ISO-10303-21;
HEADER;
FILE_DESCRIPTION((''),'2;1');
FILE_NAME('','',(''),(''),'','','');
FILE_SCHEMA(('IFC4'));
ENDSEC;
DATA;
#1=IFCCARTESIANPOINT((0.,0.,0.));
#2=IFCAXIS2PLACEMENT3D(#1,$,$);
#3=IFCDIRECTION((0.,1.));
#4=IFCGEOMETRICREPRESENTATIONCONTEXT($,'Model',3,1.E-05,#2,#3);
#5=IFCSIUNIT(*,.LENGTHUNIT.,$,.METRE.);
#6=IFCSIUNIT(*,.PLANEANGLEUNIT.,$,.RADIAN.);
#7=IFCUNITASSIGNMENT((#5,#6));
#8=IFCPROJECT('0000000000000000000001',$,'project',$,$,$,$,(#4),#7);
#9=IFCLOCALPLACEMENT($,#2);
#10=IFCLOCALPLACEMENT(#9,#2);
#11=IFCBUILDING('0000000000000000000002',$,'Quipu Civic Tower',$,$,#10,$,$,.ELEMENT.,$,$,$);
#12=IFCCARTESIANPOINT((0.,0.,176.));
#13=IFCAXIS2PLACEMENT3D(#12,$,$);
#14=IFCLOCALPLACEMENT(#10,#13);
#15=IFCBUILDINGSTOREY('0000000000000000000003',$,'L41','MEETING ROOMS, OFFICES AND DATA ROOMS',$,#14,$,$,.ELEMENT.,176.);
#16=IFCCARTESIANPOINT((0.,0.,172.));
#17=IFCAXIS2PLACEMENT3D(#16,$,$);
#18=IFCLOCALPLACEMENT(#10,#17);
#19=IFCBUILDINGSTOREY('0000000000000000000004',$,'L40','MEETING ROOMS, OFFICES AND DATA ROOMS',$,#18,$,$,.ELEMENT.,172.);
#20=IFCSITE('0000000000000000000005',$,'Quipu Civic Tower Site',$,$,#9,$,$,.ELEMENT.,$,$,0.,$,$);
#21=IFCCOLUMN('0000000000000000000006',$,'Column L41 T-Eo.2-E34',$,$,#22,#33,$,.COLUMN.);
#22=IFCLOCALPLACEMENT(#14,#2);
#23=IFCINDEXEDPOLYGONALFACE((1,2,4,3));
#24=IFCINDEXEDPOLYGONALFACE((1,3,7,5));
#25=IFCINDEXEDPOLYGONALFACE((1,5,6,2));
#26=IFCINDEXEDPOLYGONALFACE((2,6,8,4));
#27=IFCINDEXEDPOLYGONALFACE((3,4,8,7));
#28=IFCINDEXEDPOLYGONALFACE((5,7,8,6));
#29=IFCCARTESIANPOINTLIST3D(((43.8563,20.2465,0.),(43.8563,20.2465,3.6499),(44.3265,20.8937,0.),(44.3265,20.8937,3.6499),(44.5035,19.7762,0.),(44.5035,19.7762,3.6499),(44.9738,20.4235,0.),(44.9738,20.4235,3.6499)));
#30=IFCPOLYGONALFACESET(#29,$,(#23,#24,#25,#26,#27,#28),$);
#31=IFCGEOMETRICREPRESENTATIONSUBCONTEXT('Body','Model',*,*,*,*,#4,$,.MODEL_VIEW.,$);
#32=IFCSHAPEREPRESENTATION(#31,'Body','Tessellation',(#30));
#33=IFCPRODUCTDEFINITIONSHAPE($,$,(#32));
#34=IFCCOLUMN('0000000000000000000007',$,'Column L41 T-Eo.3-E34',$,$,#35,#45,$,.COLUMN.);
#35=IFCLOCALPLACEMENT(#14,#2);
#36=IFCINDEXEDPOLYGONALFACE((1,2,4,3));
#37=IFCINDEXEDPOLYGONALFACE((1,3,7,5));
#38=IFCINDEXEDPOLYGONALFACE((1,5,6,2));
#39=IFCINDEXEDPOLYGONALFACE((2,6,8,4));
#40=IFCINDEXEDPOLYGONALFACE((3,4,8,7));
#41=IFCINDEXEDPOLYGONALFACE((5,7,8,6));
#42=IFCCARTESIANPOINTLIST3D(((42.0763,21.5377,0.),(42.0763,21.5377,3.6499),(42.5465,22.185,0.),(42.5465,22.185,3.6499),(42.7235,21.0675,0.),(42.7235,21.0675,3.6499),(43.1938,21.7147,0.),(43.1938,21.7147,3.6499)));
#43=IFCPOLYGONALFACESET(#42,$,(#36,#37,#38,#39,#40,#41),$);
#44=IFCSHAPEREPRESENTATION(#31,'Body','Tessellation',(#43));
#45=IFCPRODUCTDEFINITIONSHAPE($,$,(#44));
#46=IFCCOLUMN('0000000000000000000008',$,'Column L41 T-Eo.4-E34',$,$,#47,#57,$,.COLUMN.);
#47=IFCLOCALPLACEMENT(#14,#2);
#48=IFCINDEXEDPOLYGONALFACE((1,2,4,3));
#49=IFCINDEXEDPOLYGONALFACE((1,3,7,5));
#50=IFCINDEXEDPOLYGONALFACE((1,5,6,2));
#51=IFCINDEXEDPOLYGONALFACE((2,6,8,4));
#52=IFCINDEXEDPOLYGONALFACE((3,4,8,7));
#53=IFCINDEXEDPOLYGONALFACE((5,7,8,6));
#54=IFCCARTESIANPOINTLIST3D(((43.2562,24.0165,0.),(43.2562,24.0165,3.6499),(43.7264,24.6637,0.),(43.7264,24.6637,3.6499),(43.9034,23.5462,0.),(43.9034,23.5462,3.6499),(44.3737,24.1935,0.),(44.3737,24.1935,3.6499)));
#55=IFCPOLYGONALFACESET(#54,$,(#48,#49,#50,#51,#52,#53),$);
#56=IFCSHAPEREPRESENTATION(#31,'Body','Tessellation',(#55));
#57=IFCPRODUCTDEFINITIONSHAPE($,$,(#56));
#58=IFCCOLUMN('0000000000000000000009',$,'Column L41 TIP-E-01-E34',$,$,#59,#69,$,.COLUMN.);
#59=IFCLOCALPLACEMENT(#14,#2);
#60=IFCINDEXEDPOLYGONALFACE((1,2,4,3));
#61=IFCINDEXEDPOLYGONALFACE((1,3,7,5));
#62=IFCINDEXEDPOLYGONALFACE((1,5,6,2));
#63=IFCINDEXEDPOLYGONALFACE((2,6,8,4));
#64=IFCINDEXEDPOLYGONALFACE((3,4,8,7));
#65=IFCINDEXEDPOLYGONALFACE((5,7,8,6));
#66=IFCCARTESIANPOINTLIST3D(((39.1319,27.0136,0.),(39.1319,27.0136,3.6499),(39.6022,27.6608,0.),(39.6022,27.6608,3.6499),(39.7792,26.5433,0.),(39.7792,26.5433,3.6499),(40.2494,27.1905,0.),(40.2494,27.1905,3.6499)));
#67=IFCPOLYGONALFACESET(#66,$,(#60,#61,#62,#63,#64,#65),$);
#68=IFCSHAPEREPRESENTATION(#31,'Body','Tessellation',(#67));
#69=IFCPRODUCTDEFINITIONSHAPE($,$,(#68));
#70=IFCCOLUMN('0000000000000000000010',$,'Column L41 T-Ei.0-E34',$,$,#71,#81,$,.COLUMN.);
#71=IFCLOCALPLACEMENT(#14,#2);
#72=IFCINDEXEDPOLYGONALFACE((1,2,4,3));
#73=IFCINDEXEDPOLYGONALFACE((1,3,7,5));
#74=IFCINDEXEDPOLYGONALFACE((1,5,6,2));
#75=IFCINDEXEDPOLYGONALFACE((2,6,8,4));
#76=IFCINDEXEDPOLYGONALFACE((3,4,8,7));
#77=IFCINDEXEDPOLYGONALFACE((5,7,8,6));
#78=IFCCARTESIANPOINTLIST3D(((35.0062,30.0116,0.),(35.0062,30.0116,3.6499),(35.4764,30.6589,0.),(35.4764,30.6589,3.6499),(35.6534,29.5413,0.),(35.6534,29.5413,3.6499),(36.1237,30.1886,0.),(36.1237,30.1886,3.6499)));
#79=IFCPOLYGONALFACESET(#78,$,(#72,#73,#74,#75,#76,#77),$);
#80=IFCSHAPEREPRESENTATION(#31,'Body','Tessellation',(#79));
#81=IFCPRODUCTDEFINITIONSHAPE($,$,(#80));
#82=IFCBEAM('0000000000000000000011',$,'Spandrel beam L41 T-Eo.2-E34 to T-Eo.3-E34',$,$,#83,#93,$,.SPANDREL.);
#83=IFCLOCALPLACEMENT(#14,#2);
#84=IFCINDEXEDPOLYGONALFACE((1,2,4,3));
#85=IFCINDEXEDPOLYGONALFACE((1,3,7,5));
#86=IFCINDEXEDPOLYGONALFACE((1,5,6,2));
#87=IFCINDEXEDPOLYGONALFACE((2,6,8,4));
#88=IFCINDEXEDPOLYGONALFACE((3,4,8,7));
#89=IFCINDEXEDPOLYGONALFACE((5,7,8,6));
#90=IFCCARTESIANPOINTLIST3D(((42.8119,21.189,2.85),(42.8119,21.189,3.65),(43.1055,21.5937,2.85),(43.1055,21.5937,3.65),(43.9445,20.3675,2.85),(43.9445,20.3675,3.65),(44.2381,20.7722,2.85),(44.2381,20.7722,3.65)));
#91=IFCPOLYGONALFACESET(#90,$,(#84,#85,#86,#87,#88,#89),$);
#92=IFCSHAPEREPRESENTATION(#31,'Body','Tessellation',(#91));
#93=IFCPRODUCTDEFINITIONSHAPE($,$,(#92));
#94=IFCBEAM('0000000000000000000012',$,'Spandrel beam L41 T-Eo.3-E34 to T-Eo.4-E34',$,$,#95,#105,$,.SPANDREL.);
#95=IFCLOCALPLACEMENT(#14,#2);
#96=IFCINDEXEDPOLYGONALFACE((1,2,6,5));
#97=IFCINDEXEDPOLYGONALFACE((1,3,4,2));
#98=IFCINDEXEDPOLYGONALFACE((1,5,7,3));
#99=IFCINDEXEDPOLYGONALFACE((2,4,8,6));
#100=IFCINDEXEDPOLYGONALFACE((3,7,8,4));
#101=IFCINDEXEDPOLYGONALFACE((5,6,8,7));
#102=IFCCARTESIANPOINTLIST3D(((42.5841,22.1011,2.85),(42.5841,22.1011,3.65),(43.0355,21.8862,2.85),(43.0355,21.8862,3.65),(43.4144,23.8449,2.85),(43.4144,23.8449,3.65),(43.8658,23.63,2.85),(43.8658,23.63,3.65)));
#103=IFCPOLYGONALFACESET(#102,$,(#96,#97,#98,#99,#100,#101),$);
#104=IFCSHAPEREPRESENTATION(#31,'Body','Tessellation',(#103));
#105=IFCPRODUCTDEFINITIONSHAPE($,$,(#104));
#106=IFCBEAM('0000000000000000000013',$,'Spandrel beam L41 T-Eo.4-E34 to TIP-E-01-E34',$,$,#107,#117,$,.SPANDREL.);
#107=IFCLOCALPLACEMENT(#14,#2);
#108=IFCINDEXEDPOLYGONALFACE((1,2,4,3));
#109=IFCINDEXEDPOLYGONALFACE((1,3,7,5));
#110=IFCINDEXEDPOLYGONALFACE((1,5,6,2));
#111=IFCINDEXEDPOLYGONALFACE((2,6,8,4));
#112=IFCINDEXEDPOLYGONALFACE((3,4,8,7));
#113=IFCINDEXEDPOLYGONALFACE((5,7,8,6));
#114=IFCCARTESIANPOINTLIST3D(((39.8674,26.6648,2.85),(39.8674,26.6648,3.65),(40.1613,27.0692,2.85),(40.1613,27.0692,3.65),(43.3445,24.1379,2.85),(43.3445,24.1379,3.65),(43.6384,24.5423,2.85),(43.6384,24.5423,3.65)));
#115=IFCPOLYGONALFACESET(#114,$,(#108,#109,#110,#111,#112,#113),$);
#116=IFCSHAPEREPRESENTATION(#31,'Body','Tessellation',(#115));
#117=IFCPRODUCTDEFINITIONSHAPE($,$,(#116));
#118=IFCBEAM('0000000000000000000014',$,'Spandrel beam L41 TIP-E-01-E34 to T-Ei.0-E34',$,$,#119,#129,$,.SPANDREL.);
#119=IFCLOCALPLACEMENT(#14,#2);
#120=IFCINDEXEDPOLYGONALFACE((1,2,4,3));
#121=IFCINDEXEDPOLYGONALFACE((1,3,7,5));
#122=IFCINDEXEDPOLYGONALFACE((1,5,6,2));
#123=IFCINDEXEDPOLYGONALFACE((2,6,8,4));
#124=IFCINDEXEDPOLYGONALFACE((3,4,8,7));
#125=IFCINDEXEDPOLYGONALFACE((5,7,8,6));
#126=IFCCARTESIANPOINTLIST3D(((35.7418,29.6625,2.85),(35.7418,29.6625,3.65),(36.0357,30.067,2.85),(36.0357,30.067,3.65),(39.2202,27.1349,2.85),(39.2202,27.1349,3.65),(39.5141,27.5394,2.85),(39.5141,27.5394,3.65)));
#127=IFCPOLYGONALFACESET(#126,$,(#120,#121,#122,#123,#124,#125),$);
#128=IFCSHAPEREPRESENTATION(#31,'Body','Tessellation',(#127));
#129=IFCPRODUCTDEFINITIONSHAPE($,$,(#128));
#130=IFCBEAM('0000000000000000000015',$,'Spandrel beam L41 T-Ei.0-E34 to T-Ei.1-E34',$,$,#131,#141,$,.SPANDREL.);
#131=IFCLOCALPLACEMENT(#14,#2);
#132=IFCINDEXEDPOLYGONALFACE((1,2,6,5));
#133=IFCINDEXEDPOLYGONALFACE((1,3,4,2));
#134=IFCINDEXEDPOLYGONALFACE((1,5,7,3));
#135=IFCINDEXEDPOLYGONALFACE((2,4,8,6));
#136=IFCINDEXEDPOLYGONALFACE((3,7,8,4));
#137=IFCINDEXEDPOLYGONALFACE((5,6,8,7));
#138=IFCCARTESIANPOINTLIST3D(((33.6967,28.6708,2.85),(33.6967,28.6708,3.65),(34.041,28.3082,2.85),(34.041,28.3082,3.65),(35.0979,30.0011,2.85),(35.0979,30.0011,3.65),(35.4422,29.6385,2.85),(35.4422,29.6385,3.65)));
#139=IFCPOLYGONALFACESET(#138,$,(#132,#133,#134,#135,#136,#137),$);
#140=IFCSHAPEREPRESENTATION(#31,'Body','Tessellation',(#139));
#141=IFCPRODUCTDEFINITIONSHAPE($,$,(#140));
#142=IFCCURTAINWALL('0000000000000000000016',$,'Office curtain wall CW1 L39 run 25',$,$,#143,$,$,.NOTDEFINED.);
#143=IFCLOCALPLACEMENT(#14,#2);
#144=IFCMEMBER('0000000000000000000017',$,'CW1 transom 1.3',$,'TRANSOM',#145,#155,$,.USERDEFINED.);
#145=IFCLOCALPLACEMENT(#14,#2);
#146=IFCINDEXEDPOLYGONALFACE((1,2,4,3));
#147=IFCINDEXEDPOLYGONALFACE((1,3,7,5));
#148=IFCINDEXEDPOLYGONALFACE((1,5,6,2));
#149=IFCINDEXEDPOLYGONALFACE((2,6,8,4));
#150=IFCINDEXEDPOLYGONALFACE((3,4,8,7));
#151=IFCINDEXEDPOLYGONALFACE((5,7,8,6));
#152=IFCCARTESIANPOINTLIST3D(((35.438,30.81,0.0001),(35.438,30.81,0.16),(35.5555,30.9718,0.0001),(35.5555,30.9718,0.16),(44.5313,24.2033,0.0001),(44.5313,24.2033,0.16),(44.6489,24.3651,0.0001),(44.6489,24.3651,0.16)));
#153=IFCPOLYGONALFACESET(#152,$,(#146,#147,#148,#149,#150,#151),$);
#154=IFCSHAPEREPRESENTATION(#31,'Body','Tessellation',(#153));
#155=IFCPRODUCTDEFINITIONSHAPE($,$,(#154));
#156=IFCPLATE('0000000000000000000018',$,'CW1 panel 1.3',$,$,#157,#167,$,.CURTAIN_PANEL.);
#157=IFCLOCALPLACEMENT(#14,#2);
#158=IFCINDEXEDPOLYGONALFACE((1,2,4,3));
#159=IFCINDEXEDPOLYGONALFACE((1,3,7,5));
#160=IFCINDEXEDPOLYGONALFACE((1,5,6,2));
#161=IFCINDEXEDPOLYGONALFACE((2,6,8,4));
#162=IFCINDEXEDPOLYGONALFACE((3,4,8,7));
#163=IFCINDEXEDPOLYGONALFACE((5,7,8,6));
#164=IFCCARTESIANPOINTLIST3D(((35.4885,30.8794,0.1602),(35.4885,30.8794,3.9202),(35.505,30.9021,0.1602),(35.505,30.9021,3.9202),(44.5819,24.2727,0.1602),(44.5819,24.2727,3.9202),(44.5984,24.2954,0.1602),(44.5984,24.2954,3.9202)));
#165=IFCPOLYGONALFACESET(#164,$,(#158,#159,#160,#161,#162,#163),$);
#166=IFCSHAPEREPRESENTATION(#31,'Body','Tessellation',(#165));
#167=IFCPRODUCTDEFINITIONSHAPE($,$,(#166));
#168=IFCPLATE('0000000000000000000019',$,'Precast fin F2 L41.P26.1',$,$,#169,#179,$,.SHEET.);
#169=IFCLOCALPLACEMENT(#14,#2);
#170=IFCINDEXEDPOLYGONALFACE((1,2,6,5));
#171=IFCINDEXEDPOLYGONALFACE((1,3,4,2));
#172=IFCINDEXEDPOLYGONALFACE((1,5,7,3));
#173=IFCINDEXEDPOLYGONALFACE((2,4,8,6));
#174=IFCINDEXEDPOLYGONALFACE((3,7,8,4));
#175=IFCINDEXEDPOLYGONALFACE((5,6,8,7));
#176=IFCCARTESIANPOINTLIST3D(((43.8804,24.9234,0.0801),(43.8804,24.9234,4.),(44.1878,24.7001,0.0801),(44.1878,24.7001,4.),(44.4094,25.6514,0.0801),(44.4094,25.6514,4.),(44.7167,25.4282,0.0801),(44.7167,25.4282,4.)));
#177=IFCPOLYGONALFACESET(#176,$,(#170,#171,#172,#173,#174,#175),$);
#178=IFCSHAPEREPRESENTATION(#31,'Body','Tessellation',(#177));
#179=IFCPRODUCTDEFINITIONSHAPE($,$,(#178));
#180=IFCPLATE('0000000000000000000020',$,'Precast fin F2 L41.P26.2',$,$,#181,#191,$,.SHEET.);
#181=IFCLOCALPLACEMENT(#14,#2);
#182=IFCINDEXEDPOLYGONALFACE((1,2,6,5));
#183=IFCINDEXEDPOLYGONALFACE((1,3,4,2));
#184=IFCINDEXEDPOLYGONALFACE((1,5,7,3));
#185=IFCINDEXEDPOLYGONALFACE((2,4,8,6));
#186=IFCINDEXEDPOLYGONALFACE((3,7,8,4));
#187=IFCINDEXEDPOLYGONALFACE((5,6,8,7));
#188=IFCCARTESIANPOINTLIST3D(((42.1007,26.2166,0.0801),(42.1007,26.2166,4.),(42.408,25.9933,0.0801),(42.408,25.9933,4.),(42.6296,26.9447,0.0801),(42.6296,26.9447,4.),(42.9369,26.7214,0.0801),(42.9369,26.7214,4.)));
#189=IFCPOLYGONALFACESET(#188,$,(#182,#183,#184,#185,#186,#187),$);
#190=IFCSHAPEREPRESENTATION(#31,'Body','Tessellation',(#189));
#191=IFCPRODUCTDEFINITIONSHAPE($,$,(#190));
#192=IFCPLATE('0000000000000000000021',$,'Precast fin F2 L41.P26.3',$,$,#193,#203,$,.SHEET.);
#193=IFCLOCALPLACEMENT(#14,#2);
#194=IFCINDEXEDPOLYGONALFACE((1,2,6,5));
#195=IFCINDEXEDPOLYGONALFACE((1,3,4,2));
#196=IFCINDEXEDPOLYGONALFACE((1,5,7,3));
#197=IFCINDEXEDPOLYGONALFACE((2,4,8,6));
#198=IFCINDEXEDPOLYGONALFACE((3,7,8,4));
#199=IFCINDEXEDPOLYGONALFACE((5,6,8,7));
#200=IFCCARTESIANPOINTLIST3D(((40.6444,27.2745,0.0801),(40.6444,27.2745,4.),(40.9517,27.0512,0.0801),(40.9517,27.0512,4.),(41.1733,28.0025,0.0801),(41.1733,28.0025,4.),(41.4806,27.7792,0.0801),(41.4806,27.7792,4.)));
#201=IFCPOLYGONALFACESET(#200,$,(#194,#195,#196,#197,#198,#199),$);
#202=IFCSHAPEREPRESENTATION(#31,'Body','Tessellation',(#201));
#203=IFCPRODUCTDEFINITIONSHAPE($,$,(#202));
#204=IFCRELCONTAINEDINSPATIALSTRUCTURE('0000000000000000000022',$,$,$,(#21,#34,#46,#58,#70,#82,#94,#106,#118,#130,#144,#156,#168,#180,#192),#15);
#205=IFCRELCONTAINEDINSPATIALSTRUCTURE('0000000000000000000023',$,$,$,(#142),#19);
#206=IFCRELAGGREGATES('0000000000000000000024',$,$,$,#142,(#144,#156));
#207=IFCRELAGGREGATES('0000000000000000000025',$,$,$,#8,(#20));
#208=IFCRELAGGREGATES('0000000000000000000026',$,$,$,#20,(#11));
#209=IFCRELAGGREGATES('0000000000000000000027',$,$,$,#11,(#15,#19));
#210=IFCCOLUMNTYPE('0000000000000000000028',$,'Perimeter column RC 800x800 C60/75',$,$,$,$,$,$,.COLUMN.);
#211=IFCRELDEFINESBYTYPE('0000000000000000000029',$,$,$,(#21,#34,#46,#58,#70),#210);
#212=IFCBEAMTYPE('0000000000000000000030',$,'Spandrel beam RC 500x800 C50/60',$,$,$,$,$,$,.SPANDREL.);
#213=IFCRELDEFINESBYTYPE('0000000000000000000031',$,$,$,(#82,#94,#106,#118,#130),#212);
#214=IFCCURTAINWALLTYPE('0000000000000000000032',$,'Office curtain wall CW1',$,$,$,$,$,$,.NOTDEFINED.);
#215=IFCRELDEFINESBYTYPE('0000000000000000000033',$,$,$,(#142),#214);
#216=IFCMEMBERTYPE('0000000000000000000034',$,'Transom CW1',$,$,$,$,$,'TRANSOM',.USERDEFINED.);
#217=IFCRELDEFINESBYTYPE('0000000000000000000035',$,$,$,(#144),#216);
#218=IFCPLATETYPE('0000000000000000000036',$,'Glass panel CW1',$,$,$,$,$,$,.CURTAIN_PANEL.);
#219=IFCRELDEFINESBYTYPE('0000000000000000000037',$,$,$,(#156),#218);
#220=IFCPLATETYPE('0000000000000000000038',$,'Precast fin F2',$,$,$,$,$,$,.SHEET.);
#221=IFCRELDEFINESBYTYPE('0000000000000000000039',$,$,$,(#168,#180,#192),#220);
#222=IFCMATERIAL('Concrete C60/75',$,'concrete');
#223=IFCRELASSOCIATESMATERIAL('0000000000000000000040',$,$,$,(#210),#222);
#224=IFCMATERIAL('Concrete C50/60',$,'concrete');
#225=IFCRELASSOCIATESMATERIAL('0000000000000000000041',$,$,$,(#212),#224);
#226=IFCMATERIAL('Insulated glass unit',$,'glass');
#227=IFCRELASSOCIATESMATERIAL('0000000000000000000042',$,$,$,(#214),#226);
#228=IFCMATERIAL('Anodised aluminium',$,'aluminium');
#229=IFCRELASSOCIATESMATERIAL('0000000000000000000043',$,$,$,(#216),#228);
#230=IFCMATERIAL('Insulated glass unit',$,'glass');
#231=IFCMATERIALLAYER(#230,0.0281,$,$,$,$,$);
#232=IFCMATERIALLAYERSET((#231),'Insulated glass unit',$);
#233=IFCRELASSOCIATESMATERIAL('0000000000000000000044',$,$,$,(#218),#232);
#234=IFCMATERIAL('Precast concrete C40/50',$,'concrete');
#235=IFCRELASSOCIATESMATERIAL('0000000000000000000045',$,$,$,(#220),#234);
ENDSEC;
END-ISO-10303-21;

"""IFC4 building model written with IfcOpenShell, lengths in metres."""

from ifc_helpers import new_model, si_unit, direction, frame, origin, origin_2d, place, context, subcontext, project, spatial, rectangle, extrude, material, layer, layer_set, material_profile, profile_set, type_object, element, aggregate, save


model = new_model("IFC4")

# Units and contexts
model_context = context("Model", 3, precision=1e-05, world=origin(), true_north=direction((0.0, 1.0)))
body_context = subcontext(model_context, "Body", "Model", "MODEL_VIEW")
ifc_project = project(units=[si_unit("LENGTHUNIT", "METRE"), si_unit("PLANEANGLEUNIT", "RADIAN")], contexts=[model_context])

# Site, building, storey
site_placement = place(None, origin())
site = spatial("IfcSite", under=ifc_project, at=site_placement, Name="Quipu Civic Tower Site", CompositionType="ELEMENT", RefElevation=0.0)
building_placement = place(site_placement, origin())
building = spatial("IfcBuilding", under=site, at=building_placement, Name="Quipu Civic Tower", CompositionType="ELEMENT")
storey_1_placement = place(building_placement, frame((0.0, 0.0, 176.0)))
storey_1 = spatial("IfcBuildingStorey", under=building, at=storey_1_placement, Name="L41", Description="MEETING ROOMS, OFFICES AND DATA ROOMS", CompositionType="ELEMENT", Elevation=176.0)

# Columns
ifc_material_1 = material(Name="Concrete C60/75", Category="concrete")
ifc_material_profile_1 = material_profile(ifc_material_1, rectangle(XDim=0.8, YDim=0.8, at=origin_2d()), Name="RC800x800")
ifc_profile_set_1 = profile_set([ifc_material_profile_1], Name="Concrete C60/75")
column_type = type_object("IfcColumnType", Name="Perimeter column RC 800x800 C60/75", PredefinedType="COLUMN", material=ifc_profile_set_1)
for number, where, z_axis, x_axis, name in (
    (1, (44.415, 20.335, 0.0), (0.0, 0.0, 1.0), (0.587785, 0.809017, 0.0), "Column L41 T-Eo.2-E34"),
    (2, (42.635, 21.6262, 0.0), (0.0, 0.0, 1.0), (-0.809017, 0.587785, 0.0), "Column L41 T-Eo.3-E34"),
    (3, (43.8149, 24.105, 0.0), (0.0, 0.0, 1.0), (-0.809017, 0.587785, 0.0), "Column L41 T-Eo.4-E34"),
    (4, (39.6907, 27.1021, 0.0), (0.0, 0.0, 1.0), (-0.809017, 0.587785, 0.0), "Column L41 TIP-E-01-E34"),
    (5, (35.5649, 30.1001, 0.0), (0.0, 0.0, 1.0), (-0.587785, -0.809017, 0.0), "Column L41 T-Ei.0-E34"),
):
    element("IfcColumn", number, at=place(storey_1_placement, frame(where, z_axis=z_axis, x_axis=x_axis)), inside=storey_1, type_object=column_type, Name=name, PredefinedType="COLUMN", context=body_context, shape_type="SweptSolid", body=[
        extrude(rectangle(XDim=0.8, YDim=0.8, at=origin_2d()), origin(), (0.0, 0.0, 1.0), 3.6499),
    ])

# Beams
ifc_material_2 = material(Name="Concrete C50/60", Category="concrete")
ifc_material_profile_2 = material_profile(ifc_material_2, rectangle(XDim=0.5, YDim=0.8, at=origin_2d()), Name="RC500x800")
ifc_profile_set_2 = profile_set([ifc_material_profile_2], Name="Concrete C50/60")
beam_type = type_object("IfcBeamType", Name="Spandrel beam RC 500x800 C50/60", PredefinedType="SPANDREL", material=ifc_profile_set_2)
beam_1_placement = place(storey_1_placement, frame((44.0913, 20.5698, 3.25), z_axis=(-0.809467, 0.587165, 0.0), x_axis=(-0.587165, -0.809467, 0.0)))
element("IfcBeam", 6, at=beam_1_placement, inside=storey_1, type_object=beam_type, Name="Spandrel beam L41 T-Eo.2-E34 to T-Eo.3-E34", PredefinedType="SPANDREL", context=body_context, shape_type="SweptSolid", body=[
    extrude(rectangle(XDim=0.5, YDim=0.8, at=origin_2d()), origin(), (0.0, 0.0, 1.0), 1.3992),
])
beam_2_placement = place(storey_1_placement, frame((42.8098, 21.9937, 3.25), z_axis=(0.429889, 0.902882, 0.0), x_axis=(-0.902882, 0.429889, 0.0)))
element("IfcBeam", 7, at=beam_2_placement, inside=storey_1, type_object=beam_type, Name="Spandrel beam L41 T-Eo.3-E34 to T-Eo.4-E34", PredefinedType="SPANDREL", context=body_context, shape_type="SweptSolid", body=[
    extrude(rectangle(XDim=0.5, YDim=0.8, at=origin_2d()), origin(), (0.0, 0.0, 1.0), 1.9314),
])
beam_3_placement = place(storey_1_placement, frame((43.4915, 24.3401, 3.25), z_axis=(-0.808947, 0.587881, 0.0), x_axis=(-0.587881, -0.808947, 0.0)))
element("IfcBeam", 8, at=beam_3_placement, inside=storey_1, type_object=beam_type, Name="Spandrel beam L41 T-Eo.4-E34 to TIP-E-01-E34", PredefinedType="SPANDREL", context=body_context, shape_type="SweptSolid", body=[
    extrude(rectangle(XDim=0.5, YDim=0.8, at=origin_2d()), origin(), (0.0, 0.0, 1.0), 4.2983),
])
beam_4_placement = place(storey_1_placement, frame((39.3672, 27.3372, 3.25), z_axis=(-0.808984, 0.587831, 0.0), x_axis=(-0.587831, -0.808984, 0.0)))
element("IfcBeam", 9, at=beam_4_placement, inside=storey_1, type_object=beam_type, Name="Spandrel beam L41 TIP-E-01-E34 to T-Ei.0-E34", PredefinedType="SPANDREL", context=body_context, shape_type="SweptSolid", body=[
    extrude(rectangle(XDim=0.5, YDim=0.8, at=origin_2d()), origin(), (0.0, 0.0, 1.0), 4.2998),
])
beam_5_placement = place(storey_1_placement, frame((35.27, 29.8198, 3.25), z_axis=(-0.725192, -0.688547, 0.0), x_axis=(0.688547, -0.725192, 0.0)))
element("IfcBeam", 10, at=beam_5_placement, inside=storey_1, type_object=beam_type, Name="Spandrel beam L41 T-Ei.0-E34 to T-Ei.1-E34", PredefinedType="SPANDREL", context=body_context, shape_type="SweptSolid", body=[
    extrude(rectangle(XDim=0.5, YDim=0.8, at=origin_2d()), origin(), (0.0, 0.0, 1.0), 1.9321),
])

# Shared definitions
storey_2_placement = place(building_placement, frame((0.0, 0.0, 172.0)))
storey_2 = spatial("IfcBuildingStorey", under=building, at=storey_2_placement, Name="L40", Description="MEETING ROOMS, OFFICES AND DATA ROOMS", CompositionType="ELEMENT", Elevation=172.0)

# Curtain wall, member, plate
ifc_material_3 = material(Name="Insulated glass unit", Category="glass")
curtain_wall_type = type_object("IfcCurtainWallType", Name="Office curtain wall CW1", PredefinedType="NOTDEFINED", material=ifc_material_3)
curtain_wall_placement = place(storey_2_placement, origin())
curtain_wall = element("IfcCurtainWall", 11, at=curtain_wall_placement, inside=storey_2, type_object=curtain_wall_type, Name="Office curtain wall CW1 L39 run 25", PredefinedType="NOTDEFINED")
ifc_material_4 = material(Name="Anodised aluminium", Category="aluminium")
ifc_material_profile_3 = material_profile(ifc_material_4, rectangle(XDim=0.2, YDim=0.1599, at=origin_2d()), Name="RECT 200x160")
ifc_profile_set_3 = profile_set([ifc_material_profile_3], Name="Anodised aluminium")
member_type = type_object("IfcMemberType", Name="Transom CW1", ElementType="TRANSOM", PredefinedType="USERDEFINED", material=ifc_profile_set_3)
member_placement = place(storey_1_placement, frame((44.5901, 24.2842, 0.0801), z_axis=(-0.809015, 0.587788, 0.0), x_axis=(-0.587788, -0.809015, 0.0)))
member = element("IfcMember", 12, at=member_placement, inside=storey_1, type_object=member_type, Name="CW1 transom 1.3", ObjectType="TRANSOM", PredefinedType="USERDEFINED", context=body_context, shape_type="SweptSolid", body=[
    extrude(rectangle(XDim=0.2, YDim=0.1599, at=origin_2d()), origin(), (0.0, 0.0, 1.0), 11.24),
])
ifc_material_5 = material(Name="Insulated glass unit", Category="glass")
ifc_layer_1 = layer(ifc_material_5, 0.0281)
ifc_layer_set_1 = layer_set([ifc_layer_1], Name="Insulated glass unit")
plate_type_1 = type_object("IfcPlateType", Name="Glass panel CW1", PredefinedType="CURTAIN_PANEL", material=ifc_layer_set_1)
plate_placement = place(storey_1_placement, frame((40.0435, 27.5874, 0.1602), z_axis=(0.0, 0.0, 1.0), x_axis=(-0.809015, 0.587788, 0.0)))
plate = element("IfcPlate", 13, at=plate_placement, inside=storey_1, type_object=plate_type_1, Name="CW1 panel 1.3", PredefinedType="CURTAIN_PANEL", context=body_context, shape_type="SweptSolid", body=[
    extrude(rectangle(XDim=11.24, YDim=0.0281, at=origin_2d()), origin(), (0.0, 0.0, 1.0), 3.76),
])
aggregate(curtain_wall, [member, plate])

# Plates
ifc_material_6 = material(Name="Precast concrete C40/50", Category="concrete")
plate_type_2 = type_object("IfcPlateType", Name="Precast fin F2", PredefinedType="SHEET", material=ifc_material_6)
for number, where, z_axis, x_axis, name in (
    (14, (44.2986, 25.1758, 0.0801), (0.0, 0.0, 1.0), (-0.809017, 0.587785, 0.0), "Precast fin F2 L41.P26.1"),
    (15, (42.5188, 26.469, 0.0801), (0.0, 0.0, 1.0), (-0.809017, 0.587785, 0.0), "Precast fin F2 L41.P26.2"),
    (16, (41.0625, 27.5269, 0.0801), (0.0, 0.0, 1.0), (-0.809017, 0.587785, 0.0), "Precast fin F2 L41.P26.3"),
):
    element("IfcPlate", number, at=place(storey_1_placement, frame(where, z_axis=z_axis, x_axis=x_axis)), inside=storey_1, type_object=plate_type_2, Name=name, PredefinedType="SHEET", context=body_context, shape_type="SweptSolid", body=[
        extrude(rectangle(XDim=0.3799, YDim=0.8999, at=origin_2d()), origin(), (0.0, 0.0, 1.0), 3.9199),
    ])

save(model, "model.ifc")
